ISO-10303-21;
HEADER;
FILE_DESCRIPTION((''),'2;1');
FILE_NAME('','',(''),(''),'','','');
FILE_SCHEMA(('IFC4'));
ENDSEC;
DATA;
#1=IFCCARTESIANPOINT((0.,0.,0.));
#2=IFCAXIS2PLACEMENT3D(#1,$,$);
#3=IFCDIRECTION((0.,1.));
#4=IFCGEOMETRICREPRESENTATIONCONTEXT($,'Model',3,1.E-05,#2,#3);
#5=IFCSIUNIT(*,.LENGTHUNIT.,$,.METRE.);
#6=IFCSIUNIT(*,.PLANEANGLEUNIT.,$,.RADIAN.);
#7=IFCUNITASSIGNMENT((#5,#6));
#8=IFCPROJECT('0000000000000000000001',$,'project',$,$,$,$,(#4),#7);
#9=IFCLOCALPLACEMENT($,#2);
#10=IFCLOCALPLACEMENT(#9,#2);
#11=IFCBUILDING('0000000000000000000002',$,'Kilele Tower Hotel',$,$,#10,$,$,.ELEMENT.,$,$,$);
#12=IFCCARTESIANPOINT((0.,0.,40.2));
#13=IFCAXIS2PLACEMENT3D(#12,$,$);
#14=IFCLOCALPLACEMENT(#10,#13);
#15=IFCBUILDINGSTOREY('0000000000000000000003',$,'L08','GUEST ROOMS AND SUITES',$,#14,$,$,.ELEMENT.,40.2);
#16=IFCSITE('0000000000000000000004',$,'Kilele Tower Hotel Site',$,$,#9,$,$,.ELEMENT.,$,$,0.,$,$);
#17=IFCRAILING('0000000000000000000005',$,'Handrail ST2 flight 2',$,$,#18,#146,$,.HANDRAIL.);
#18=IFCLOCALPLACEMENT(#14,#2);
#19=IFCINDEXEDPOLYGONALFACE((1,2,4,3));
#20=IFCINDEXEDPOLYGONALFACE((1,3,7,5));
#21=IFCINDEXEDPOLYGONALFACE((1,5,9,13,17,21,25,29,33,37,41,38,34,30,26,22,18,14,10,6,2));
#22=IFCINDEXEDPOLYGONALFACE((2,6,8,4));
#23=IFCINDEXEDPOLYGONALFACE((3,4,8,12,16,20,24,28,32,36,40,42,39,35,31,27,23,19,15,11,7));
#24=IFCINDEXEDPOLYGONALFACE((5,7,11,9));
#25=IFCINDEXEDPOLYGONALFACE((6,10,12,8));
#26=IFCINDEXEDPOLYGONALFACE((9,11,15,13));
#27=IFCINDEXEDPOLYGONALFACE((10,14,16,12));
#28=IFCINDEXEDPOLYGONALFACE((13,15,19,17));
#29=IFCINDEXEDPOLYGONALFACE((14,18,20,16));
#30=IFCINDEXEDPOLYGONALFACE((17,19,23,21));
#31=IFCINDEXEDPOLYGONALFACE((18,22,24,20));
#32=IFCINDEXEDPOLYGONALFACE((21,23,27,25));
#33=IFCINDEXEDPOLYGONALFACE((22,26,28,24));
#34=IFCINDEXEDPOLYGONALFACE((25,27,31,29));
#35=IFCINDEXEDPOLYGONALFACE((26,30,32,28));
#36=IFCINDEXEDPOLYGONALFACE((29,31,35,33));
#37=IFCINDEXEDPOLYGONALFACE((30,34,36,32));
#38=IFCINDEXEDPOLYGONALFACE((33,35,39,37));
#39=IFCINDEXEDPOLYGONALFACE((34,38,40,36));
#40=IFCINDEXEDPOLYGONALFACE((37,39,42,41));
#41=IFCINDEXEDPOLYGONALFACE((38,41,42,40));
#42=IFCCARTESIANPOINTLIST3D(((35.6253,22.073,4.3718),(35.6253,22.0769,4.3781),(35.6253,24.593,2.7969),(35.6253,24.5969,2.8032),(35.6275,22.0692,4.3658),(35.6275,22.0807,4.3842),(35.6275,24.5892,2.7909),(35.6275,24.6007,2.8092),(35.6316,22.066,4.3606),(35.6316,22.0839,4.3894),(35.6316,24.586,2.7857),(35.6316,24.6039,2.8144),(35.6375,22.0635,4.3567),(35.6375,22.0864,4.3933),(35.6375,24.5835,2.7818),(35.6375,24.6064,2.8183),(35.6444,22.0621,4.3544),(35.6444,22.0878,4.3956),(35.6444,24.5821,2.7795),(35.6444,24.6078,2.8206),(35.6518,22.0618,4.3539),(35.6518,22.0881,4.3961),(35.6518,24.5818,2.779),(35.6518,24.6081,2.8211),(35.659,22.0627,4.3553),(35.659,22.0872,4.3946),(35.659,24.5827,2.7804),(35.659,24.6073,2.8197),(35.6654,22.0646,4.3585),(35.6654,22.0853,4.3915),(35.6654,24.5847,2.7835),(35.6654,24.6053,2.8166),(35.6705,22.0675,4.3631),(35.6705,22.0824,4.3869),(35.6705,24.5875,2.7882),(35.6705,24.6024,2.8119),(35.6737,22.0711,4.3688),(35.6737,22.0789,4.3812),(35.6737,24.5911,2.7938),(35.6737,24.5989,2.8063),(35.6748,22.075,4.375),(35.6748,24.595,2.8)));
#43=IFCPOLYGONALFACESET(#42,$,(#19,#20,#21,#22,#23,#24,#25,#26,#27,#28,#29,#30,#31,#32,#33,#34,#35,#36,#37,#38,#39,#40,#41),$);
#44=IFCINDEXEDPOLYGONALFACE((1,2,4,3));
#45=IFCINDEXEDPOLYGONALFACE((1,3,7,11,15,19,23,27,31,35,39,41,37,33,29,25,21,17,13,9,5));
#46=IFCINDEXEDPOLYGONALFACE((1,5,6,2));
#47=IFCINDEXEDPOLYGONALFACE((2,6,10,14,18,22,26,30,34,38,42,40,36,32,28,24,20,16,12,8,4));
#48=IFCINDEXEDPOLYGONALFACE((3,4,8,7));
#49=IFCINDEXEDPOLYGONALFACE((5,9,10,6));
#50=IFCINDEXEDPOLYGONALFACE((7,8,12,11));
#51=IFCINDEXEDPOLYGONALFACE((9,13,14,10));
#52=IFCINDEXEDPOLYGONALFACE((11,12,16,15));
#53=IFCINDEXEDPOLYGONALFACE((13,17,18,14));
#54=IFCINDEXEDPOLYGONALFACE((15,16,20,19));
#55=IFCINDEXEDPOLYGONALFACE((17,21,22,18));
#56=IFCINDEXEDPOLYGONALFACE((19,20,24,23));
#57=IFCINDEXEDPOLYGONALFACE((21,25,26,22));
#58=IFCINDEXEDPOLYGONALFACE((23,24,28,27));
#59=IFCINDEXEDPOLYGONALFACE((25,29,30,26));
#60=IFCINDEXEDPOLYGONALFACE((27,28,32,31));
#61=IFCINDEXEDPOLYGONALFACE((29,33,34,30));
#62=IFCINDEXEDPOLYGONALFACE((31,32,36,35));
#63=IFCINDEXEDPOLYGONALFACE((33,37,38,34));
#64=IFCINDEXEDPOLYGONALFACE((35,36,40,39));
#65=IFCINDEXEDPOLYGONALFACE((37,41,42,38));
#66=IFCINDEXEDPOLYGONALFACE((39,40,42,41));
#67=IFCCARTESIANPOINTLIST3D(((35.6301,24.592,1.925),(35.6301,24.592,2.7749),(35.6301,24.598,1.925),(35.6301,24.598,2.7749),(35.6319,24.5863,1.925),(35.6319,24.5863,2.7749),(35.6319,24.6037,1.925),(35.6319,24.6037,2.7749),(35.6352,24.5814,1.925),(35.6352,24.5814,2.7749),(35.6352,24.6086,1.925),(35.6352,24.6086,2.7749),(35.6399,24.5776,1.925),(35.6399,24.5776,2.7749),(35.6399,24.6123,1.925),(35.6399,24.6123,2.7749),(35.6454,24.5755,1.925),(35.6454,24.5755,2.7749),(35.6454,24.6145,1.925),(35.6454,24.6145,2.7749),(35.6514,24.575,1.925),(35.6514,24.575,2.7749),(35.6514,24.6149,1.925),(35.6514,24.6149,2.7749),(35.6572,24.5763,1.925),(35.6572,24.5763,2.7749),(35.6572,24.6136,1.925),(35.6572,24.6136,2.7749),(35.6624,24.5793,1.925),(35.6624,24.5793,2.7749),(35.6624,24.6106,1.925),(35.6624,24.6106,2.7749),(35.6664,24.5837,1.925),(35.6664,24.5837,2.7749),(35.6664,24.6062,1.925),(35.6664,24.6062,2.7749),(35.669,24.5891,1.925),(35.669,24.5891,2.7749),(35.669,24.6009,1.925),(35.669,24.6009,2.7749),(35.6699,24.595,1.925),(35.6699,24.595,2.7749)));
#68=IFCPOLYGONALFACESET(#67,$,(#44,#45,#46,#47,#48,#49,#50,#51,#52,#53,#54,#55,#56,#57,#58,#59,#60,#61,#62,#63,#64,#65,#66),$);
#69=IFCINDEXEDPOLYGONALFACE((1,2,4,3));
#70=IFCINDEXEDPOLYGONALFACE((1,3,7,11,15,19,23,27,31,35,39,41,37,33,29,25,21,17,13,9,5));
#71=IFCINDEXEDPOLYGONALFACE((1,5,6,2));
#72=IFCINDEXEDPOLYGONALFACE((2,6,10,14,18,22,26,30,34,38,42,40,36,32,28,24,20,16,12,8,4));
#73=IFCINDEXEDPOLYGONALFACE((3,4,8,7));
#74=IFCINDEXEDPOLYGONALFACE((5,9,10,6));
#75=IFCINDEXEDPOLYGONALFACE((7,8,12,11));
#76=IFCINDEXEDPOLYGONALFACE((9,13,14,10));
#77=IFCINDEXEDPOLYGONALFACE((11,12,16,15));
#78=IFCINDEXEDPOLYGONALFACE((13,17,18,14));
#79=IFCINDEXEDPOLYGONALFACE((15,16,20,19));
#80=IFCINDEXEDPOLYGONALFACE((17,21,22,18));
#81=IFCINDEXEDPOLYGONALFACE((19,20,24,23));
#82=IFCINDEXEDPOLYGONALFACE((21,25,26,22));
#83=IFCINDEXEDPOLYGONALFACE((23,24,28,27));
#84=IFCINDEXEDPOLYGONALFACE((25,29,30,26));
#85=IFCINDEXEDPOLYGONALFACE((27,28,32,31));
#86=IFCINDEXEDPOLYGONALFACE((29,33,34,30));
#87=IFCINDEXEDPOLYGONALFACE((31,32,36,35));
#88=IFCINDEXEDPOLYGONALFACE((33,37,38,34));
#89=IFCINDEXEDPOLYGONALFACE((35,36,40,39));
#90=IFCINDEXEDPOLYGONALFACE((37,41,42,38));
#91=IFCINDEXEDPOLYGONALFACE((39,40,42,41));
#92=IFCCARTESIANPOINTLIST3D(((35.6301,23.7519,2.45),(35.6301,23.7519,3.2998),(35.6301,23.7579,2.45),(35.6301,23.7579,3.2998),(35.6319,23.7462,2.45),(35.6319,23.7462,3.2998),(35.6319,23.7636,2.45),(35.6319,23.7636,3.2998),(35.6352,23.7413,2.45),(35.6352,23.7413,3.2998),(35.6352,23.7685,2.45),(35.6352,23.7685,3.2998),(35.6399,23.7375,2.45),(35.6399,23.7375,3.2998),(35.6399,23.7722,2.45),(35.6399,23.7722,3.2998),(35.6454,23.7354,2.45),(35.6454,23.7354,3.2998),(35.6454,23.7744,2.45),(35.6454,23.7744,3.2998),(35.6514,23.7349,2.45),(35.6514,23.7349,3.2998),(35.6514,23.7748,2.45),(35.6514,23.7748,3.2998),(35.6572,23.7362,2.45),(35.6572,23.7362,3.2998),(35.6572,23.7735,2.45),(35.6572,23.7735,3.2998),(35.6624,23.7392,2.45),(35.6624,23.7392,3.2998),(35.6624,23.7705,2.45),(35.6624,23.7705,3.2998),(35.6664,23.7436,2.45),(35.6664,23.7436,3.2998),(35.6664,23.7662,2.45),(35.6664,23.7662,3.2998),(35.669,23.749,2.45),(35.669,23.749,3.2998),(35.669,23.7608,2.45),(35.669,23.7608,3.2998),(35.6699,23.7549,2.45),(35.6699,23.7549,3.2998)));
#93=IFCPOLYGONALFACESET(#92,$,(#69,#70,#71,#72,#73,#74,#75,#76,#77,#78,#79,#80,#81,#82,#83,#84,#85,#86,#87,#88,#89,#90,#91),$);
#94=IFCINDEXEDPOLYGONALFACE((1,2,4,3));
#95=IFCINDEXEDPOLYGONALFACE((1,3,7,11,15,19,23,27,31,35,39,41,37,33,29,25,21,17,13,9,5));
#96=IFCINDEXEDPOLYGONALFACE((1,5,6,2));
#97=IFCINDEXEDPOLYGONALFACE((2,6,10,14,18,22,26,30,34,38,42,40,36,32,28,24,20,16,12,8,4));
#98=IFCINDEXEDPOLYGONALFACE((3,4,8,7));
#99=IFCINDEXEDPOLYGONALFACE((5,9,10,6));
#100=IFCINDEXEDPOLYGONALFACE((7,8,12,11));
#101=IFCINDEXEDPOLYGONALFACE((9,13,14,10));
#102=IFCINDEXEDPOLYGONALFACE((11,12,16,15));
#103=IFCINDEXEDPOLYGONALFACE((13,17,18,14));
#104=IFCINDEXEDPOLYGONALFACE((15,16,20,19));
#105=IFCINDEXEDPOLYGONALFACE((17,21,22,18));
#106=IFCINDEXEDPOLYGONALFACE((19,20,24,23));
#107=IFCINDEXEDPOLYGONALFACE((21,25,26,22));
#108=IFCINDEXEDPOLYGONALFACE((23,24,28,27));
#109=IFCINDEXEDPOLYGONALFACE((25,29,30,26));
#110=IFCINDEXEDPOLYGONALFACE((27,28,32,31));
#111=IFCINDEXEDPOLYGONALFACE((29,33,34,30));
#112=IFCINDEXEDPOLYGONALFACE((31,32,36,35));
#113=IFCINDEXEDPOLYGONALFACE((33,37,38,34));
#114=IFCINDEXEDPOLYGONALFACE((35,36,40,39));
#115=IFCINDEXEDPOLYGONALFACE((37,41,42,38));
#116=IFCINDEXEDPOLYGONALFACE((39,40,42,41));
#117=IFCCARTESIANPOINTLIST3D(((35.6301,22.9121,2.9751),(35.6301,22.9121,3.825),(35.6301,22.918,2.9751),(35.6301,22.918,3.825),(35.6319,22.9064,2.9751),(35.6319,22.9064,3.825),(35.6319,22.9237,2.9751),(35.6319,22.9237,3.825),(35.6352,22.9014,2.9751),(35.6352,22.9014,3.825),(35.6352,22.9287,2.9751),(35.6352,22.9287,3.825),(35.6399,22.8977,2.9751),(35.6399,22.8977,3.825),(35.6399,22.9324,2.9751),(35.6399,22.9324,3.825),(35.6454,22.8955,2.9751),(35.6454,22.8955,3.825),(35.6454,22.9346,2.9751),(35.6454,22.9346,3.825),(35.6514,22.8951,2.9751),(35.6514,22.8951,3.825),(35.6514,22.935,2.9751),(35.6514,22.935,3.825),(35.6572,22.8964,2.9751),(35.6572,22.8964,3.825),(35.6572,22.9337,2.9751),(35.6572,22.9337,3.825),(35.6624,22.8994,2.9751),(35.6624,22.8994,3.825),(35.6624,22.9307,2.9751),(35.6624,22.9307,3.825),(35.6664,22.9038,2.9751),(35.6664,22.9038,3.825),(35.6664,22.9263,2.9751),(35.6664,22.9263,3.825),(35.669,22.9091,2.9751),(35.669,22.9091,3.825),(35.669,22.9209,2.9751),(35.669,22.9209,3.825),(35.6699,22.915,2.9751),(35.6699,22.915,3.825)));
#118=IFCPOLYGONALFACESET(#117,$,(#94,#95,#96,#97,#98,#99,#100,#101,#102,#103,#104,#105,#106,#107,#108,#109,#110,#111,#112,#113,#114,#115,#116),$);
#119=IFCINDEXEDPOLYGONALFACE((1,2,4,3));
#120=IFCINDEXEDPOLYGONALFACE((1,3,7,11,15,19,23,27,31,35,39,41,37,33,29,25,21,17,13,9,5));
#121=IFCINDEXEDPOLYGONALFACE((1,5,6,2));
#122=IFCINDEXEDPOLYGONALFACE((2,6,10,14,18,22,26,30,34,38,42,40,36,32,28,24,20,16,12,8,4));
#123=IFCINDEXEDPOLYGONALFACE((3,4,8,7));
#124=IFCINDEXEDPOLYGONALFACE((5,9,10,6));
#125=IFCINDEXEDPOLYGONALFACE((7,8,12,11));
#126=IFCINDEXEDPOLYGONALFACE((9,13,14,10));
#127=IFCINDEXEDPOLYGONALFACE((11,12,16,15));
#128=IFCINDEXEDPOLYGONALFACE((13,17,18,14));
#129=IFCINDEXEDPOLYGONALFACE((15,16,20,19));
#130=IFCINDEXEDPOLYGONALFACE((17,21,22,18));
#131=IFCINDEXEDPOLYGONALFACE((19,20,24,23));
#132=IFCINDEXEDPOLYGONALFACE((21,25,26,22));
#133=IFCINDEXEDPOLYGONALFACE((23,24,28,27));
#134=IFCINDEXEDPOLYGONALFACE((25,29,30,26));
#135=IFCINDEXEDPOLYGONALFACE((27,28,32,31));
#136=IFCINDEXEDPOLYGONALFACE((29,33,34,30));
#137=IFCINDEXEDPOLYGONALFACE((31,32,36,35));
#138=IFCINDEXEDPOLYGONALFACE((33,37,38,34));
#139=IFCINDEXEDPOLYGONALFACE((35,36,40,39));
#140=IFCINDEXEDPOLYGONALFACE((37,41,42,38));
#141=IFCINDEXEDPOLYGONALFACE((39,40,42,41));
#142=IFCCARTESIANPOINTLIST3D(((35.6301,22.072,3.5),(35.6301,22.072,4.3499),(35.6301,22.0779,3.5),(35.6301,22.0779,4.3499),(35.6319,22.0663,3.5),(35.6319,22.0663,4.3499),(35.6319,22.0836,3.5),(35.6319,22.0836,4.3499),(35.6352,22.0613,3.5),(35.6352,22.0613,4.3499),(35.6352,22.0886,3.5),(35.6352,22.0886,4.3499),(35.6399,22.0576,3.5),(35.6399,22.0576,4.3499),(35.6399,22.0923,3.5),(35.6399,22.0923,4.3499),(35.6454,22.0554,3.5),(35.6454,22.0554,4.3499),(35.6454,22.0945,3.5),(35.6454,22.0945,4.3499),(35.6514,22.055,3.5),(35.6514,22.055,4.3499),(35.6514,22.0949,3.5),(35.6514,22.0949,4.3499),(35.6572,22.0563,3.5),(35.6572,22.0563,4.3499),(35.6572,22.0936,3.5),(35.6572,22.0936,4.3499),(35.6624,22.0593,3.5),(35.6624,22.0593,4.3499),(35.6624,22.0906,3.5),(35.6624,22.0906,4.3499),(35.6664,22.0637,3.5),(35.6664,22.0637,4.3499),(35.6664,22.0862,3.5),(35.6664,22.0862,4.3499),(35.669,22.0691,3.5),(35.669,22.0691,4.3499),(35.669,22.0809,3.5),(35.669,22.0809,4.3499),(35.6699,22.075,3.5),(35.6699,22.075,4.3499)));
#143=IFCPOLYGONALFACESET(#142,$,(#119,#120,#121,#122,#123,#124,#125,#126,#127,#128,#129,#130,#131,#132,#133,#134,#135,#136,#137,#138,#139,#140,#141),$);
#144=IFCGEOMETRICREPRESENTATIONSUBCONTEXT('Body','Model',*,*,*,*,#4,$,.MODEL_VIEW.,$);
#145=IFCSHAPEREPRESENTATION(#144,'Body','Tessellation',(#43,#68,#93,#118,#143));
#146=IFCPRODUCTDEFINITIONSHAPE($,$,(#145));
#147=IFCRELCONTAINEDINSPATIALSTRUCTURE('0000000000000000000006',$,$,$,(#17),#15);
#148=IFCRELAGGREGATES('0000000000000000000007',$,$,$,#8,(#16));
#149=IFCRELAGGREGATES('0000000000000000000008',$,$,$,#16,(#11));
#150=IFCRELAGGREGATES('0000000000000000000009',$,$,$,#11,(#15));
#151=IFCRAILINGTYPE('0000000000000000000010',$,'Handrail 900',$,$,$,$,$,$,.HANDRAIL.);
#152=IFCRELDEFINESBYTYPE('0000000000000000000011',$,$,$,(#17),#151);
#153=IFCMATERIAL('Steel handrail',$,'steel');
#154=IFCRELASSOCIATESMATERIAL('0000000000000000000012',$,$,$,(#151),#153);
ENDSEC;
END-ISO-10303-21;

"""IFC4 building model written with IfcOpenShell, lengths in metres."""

from ifc_helpers import new_model, si_unit, direction, frame, origin, origin_2d, place, context, subcontext, project, spatial, circle, extrude, material, type_object, element, save


model = new_model("IFC4")

# Units and contexts
model_context = context("Model", 3, precision=1e-05, world=origin(), true_north=direction((0.0, 1.0)))
body_context = subcontext(model_context, "Body", "Model", "MODEL_VIEW")
ifc_project = project(units=[si_unit("LENGTHUNIT", "METRE"), si_unit("PLANEANGLEUNIT", "RADIAN")], contexts=[model_context])

# Site, building, storey
site_placement = place(None, origin())
site = spatial("IfcSite", under=ifc_project, at=site_placement, Name="Kilele Tower Hotel Site", CompositionType="ELEMENT", RefElevation=0.0)
building_placement = place(site_placement, origin())
building = spatial("IfcBuilding", under=site, at=building_placement, Name="Kilele Tower Hotel", CompositionType="ELEMENT")
storey_placement = place(building_placement, frame((0.0, 0.0, 40.2)))
storey = spatial("IfcBuildingStorey", under=building, at=storey_placement, Name="L08", Description="GUEST ROOMS AND SUITES", CompositionType="ELEMENT", Elevation=40.2)

# Railing
ifc_material_1 = material(Name="Steel handrail", Category="steel")
railing_type_1 = type_object("IfcRailingType", Name="Handrail 900", PredefinedType="HANDRAIL", material=ifc_material_1)
for number, where, name in (
    (1, (35.6499, 24.595, 1.925), "Handrail ST2 flight 2"),
):
    element("IfcRailing", number, at=place(storey_placement, frame(where)), inside=storey, type_object=railing_type_1, Name=name, PredefinedType="HANDRAIL", context=body_context, shape_type="SweptSolid", body=[
        extrude(circle(Radius=0.0249, at=origin_2d()), frame((0.0, 0.0, 0.875), z_axis=(0.0, -0.848008, 0.529984), x_axis=(1.0, 0.0, 0.0)), (0.0, 0.0, 1.0), 2.9717),
        extrude(circle(Radius=0.02, at=origin_2d()), origin(), (0.0, 0.0, 1.0), 0.8499),
        extrude(circle(Radius=0.02, at=origin_2d()), frame((0.0, -0.8401, 0.5249)), (0.0, 0.0, 1.0), 0.8499),
        extrude(circle(Radius=0.02, at=origin_2d()), frame((0.0, -1.6799, 1.05)), (0.0, 0.0, 1.0), 0.8499),
        extrude(circle(Radius=0.02, at=origin_2d()), frame((0.0, -2.52, 1.575)), (0.0, 0.0, 1.0), 0.8499),
    ])

save(model, "model.ifc")
